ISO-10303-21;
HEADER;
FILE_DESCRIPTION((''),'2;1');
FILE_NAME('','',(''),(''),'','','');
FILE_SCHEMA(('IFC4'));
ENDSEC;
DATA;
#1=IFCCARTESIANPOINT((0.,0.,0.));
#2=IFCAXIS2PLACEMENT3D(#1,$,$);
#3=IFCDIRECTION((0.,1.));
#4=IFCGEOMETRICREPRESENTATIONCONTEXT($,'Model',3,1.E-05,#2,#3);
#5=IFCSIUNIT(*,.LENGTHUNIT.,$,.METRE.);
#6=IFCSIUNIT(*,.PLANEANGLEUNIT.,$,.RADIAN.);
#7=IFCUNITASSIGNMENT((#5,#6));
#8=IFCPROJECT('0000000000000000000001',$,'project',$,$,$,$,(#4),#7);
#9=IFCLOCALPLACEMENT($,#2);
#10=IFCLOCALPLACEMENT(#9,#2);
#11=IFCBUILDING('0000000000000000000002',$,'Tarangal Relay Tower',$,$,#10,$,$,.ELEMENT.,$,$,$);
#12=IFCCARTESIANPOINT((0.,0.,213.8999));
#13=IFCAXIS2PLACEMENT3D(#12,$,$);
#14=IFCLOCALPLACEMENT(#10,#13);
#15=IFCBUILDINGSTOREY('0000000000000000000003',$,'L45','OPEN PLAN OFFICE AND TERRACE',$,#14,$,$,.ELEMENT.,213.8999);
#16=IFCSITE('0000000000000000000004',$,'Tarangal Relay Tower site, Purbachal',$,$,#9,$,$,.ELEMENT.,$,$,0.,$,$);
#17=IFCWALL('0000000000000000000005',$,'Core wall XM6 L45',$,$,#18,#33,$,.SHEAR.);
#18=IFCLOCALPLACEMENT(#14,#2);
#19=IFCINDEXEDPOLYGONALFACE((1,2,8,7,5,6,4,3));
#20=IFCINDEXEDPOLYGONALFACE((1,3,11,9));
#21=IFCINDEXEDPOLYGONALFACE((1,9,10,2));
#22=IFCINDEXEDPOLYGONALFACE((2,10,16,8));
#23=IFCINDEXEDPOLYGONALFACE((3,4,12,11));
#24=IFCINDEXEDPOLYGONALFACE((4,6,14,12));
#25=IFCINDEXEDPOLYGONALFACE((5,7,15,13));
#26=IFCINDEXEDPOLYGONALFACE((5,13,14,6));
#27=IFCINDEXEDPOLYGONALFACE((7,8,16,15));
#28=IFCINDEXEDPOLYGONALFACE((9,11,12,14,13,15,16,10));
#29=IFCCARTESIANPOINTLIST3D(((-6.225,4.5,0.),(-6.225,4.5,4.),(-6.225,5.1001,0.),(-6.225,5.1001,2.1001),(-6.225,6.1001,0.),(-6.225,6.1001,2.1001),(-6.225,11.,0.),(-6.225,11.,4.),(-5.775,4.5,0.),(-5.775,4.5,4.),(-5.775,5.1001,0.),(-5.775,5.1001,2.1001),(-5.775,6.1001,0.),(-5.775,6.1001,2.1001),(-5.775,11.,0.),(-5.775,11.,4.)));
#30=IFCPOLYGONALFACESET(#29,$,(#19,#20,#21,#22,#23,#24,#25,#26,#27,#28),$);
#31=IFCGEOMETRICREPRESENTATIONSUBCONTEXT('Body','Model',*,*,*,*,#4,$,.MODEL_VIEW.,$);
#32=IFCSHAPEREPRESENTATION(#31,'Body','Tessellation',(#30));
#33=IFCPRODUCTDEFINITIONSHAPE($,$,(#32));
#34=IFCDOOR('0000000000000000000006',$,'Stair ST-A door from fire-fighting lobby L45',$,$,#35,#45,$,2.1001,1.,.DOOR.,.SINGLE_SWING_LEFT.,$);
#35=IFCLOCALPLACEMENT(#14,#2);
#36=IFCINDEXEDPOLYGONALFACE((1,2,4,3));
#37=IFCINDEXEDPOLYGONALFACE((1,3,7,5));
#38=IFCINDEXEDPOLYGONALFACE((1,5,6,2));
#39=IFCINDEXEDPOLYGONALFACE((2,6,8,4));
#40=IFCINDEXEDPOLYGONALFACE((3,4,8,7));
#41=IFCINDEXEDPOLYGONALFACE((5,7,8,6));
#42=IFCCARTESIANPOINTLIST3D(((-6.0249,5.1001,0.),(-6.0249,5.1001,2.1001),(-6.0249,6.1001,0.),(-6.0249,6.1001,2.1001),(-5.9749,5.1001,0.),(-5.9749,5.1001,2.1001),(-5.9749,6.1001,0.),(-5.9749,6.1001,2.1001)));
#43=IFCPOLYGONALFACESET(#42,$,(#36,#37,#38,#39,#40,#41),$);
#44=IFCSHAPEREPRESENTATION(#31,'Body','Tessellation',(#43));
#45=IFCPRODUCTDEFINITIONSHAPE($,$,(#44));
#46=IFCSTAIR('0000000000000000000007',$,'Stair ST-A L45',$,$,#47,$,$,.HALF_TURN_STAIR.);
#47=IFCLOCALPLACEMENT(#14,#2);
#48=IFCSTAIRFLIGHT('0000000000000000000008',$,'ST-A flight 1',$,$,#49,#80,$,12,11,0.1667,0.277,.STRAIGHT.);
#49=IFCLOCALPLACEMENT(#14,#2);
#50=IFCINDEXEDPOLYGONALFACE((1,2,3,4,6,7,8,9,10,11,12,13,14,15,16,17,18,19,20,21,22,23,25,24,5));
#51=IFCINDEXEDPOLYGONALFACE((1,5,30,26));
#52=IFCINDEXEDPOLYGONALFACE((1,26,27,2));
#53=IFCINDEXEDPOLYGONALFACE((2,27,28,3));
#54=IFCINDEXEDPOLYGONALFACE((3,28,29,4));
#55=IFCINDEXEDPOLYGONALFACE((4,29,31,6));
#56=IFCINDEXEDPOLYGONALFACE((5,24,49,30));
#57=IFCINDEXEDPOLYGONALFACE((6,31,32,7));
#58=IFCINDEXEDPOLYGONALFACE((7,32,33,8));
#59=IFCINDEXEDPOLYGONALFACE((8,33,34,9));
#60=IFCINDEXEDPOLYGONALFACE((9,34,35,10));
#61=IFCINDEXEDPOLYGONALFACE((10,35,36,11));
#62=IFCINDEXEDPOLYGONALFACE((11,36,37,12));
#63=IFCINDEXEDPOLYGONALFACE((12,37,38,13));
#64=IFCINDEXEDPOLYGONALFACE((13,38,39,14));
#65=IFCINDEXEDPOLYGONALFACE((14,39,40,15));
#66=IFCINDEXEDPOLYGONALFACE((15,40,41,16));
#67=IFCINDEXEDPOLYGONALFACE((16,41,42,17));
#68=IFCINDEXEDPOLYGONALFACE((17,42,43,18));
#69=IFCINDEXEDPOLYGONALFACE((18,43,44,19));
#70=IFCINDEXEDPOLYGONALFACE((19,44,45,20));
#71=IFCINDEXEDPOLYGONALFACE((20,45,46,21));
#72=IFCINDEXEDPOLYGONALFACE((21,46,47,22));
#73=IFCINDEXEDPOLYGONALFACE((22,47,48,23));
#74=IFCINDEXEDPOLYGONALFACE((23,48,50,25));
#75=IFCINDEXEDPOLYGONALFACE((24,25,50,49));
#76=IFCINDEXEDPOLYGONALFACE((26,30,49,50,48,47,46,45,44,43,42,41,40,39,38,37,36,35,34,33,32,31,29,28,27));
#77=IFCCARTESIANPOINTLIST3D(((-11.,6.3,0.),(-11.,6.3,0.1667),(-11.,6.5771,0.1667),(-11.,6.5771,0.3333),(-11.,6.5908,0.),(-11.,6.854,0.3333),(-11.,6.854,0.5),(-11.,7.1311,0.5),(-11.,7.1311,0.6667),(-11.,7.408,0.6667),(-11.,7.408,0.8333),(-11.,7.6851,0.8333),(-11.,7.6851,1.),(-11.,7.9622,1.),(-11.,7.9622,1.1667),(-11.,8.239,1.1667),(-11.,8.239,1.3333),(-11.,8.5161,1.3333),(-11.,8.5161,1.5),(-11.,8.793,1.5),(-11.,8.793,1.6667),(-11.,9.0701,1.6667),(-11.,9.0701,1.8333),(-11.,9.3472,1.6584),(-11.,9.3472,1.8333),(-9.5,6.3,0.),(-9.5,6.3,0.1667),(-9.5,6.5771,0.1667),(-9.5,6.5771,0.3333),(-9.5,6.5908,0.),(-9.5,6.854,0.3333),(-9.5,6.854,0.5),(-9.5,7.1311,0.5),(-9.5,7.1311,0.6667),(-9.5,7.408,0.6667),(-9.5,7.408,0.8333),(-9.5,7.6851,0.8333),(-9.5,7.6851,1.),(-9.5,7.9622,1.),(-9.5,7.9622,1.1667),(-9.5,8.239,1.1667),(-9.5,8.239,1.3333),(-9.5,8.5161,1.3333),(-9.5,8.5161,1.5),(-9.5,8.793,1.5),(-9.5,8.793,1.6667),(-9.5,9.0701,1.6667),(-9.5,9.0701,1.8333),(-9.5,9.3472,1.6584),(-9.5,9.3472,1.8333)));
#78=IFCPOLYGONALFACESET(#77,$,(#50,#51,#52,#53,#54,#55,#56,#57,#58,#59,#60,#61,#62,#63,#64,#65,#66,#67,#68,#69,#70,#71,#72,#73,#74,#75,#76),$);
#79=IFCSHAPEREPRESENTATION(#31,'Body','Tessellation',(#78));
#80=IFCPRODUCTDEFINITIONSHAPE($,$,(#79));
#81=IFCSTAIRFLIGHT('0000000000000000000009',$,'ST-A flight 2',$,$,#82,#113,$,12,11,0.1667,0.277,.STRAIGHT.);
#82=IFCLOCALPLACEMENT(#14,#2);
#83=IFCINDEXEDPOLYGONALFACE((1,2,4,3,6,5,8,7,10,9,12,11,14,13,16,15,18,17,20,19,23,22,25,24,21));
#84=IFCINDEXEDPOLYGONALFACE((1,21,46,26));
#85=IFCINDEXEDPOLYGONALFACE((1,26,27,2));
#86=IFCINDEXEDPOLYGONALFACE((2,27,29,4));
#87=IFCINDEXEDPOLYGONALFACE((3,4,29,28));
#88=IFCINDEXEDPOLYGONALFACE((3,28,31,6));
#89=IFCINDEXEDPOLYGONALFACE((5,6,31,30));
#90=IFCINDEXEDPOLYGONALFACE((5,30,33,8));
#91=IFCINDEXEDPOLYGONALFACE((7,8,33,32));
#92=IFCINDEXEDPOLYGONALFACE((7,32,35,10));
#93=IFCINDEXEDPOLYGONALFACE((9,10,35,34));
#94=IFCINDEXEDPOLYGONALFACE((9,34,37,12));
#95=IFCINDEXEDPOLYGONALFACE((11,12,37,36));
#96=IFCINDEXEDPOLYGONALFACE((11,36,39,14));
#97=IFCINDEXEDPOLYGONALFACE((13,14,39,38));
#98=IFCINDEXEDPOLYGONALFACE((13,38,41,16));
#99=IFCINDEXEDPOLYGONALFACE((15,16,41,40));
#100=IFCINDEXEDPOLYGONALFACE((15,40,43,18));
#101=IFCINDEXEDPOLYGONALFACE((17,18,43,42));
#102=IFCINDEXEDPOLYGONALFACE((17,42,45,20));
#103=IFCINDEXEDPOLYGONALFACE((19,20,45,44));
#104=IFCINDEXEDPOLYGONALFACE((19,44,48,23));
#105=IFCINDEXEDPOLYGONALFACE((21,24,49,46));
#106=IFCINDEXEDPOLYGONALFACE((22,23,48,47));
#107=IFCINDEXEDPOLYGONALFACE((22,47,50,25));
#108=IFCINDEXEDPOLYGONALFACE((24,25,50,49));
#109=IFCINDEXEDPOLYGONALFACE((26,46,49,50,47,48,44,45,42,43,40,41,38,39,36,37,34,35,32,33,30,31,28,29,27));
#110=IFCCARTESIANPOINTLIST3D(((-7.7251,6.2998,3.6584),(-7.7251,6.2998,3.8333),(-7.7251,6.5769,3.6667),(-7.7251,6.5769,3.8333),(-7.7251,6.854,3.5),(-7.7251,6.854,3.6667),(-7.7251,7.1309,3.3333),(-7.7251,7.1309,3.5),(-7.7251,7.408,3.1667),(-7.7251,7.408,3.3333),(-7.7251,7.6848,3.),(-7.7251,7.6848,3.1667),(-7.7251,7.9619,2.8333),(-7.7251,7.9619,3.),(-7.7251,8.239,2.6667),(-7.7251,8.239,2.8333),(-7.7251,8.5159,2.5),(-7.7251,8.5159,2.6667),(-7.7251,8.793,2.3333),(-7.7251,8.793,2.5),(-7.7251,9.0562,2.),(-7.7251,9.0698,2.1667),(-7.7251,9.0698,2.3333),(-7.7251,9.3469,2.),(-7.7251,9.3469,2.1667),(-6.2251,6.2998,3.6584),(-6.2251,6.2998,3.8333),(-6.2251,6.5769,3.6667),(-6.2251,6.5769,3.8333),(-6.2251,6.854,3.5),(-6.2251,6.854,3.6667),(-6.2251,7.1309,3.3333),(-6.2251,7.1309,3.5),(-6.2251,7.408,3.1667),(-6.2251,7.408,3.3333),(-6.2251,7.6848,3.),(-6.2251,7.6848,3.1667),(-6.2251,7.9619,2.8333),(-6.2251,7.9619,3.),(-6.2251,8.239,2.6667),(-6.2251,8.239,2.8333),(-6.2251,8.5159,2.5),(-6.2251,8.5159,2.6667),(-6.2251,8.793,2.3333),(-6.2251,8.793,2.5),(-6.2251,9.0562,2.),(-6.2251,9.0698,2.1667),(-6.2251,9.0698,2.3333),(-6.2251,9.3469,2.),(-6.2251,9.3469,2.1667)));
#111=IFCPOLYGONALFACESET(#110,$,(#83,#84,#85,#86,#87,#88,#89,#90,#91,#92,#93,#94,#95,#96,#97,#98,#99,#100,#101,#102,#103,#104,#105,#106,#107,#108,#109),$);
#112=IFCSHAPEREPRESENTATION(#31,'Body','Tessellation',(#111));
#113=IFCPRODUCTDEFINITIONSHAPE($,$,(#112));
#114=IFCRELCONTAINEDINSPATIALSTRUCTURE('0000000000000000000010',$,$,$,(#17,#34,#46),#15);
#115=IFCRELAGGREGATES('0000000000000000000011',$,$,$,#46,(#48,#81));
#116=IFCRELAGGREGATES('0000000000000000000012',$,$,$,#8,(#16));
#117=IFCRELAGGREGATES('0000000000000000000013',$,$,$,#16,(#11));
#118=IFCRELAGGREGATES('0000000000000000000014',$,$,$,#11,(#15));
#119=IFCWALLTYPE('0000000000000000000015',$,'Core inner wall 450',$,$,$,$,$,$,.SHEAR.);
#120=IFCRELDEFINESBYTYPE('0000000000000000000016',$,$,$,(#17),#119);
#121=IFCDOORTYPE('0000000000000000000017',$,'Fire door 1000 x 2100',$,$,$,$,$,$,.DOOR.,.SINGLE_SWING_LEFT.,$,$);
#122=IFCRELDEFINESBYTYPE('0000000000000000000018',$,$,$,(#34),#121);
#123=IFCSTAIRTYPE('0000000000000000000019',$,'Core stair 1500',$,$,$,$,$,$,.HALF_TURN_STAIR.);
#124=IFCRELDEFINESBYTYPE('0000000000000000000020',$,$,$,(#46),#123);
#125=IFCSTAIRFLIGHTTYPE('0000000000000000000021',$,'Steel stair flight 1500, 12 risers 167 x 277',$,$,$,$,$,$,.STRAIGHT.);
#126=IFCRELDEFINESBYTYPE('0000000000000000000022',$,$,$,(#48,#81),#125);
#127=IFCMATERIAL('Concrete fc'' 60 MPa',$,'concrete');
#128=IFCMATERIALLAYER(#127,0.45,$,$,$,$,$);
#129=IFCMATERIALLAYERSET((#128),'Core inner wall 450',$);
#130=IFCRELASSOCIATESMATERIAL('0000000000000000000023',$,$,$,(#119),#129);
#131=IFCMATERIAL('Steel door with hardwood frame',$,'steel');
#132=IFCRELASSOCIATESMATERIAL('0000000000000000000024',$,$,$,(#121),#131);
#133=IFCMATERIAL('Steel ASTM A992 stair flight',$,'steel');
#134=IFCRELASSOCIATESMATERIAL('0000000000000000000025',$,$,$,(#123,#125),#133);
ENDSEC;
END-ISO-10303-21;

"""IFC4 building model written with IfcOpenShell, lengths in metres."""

from ifc_helpers import new_model, si_unit, direction, frame, frame_2d, origin, place, context, subcontext, project, spatial, polyline, rectangle, outline, extrude, material, layer, layer_set, type_object, element, fill, aggregate, save


model = new_model("IFC4")

# Units and contexts
model_context = context("Model", 3, precision=1e-05, world=origin(), true_north=direction((0.0, 1.0)))
body_context = subcontext(model_context, "Body", "Model", "MODEL_VIEW")
ifc_project = project(units=[si_unit("LENGTHUNIT", "METRE"), si_unit("PLANEANGLEUNIT", "RADIAN")], contexts=[model_context])

# Site, building, storey
site_placement = place(None, origin())
site = spatial("IfcSite", under=ifc_project, at=site_placement, Name="Tarangal Relay Tower site, Purbachal", CompositionType="ELEMENT", RefElevation=0.0)
building_placement = place(site_placement, origin())
building = spatial("IfcBuilding", under=site, at=building_placement, Name="Tarangal Relay Tower", CompositionType="ELEMENT")
storey_placement = place(building_placement, frame((0.0, 0.0, 213.8999)))
storey = spatial("IfcBuildingStorey", under=building, at=storey_placement, Name="L45", Description="OPEN PLAN OFFICE AND TERRACE", CompositionType="ELEMENT", Elevation=213.8999)

# Shared definitions
ifc_material_1 = material(Name="Concrete fc' 60 MPa", Category="concrete")
ifc_layer = layer(ifc_material_1, 0.45)
ifc_layer_set = layer_set([ifc_layer], Name="Core inner wall 450")
wall_type = type_object("IfcWallType", Name="Core inner wall 450", PredefinedType="SHEAR", material=ifc_layer_set)
ifc_material_2 = material(Name="Steel door with hardwood frame", Category="steel")
door_type_1 = type_object("IfcDoorType", Name="Fire door 1000 x 2100", OperationType="SINGLE_SWING_LEFT", PredefinedType="DOOR", material=ifc_material_2)

# Wall, opening, door
wall_1_placement = place(storey_placement, frame((-6.0, 4.5, 0.0), z_axis=(0.0, 0.0, 1.0), x_axis=(0.0, 1.0, 0.0)))
wall_1 = element("IfcWall", 1, at=wall_1_placement, inside=storey, type_object=wall_type, Name="Core wall XM6 L45", PredefinedType="SHEAR", context=body_context, shape_type="SweptSolid", body=[
    extrude(rectangle(XDim=6.5, YDim=0.45, at=frame_2d((3.25, 0.0))), origin(), (0.0, 0.0, 1.0), 4.0),
])
opening_1_placement = place(wall_1_placement, frame((0.6001, 0.0, 0.0)))
opening_1 = element("IfcOpeningElement", 2, at=opening_1_placement, cuts=wall_1, PredefinedType="OPENING", context=body_context, shape_type="SweptSolid", body=[
    extrude(rectangle(XDim=1.0, YDim=2.1001, at=frame_2d((0.5, 1.05))), frame((0.0, 0.2349, 0.0), z_axis=(0.0, -1.0, 0.0), x_axis=(1.0, 0.0, 0.0)), (0.0, 0.0, 1.0), 0.47),
])
door_1_placement = place(opening_1_placement, origin())
door_1 = element("IfcDoor", 3, at=door_1_placement, inside=storey, type_object=door_type_1, Name="Stair ST-A door from fire-fighting lobby L45", OperationType="SINGLE_SWING_LEFT", OverallHeight=2.1001, OverallWidth=1.0, PredefinedType="DOOR", context=body_context, shape_type="SweptSolid", body=[
    extrude(rectangle(XDim=1.0, YDim=2.1001, at=frame_2d((0.5, 1.05))), frame((0.0, 0.0249, 0.0), z_axis=(0.0, -1.0, 0.0), x_axis=(1.0, 0.0, 0.0)), (0.0, 0.0, 1.0), 0.05),
])
fill(opening_1, door_1)

# Stair, stair flights
ifc_material_3 = material(Name="Steel ASTM A992 stair flight", Category="steel")
stair_type = type_object("IfcStairType", Name="Core stair 1500", PredefinedType="HALF_TURN_STAIR", material=ifc_material_3)
stair_placement = place(storey_placement, origin())
stair = element("IfcStair", 4, at=stair_placement, inside=storey, type_object=stair_type, Name="Stair ST-A L45", PredefinedType="HALF_TURN_STAIR")
stair_flight_type = type_object("IfcStairFlightType", Name="Steel stair flight 1500, 12 risers 167 x 277", PredefinedType="STRAIGHT", material=ifc_material_3)
stair_flight_1_placement = place(storey_placement, frame((-10.25, 6.3, 0.0), z_axis=(0.0, 0.0, 1.0), x_axis=(0.0, 1.0, 0.0)))
stair_flight_1 = element("IfcStairFlight", 5, at=stair_flight_1_placement, type_object=stair_flight_type, Name="ST-A flight 1", NumberOfRisers=12, NumberOfTreads=11, PredefinedType="STRAIGHT", RiserHeight=0.1667, TreadLength=0.277, context=body_context, shape_type="SweptSolid", body=[
    extrude(outline(polyline([(0.0, 0.0), (0.0, 0.1667), (0.2771, 0.1667), (0.2771, 0.3333), (0.554, 0.3333), (0.554, 0.5), (0.8311, 0.5), (0.8311, 0.6667), (1.1079, 0.6667), (1.1079, 0.8333), (1.385, 0.8333), (1.385, 1.0), (1.6621, 1.0), (1.6621, 1.1667), (1.939, 1.1667), (1.939, 1.3333), (2.2161, 1.3333), (2.2161, 1.5), (2.4929, 1.5), (2.4929, 1.6667), (2.77, 1.6667), (2.77, 1.8333), (3.0471, 1.8333), (3.0471, 2.0), (3.0471, 1.6584), (0.2908, 0.0), (0.0, 0.0)])), frame((0.0, 0.75, 0.0), z_axis=(0.0, -1.0, 0.0), x_axis=(1.0, 0.0, 0.0)), (0.0, 0.0, 1.0), 1.5),
])
stair_flight_2_placement = place(storey_placement, frame((-6.9751, 9.3469, 2.0), z_axis=(0.0, 0.0, 1.0), x_axis=(0.0, -1.0, 0.0)))
stair_flight_2 = element("IfcStairFlight", 6, at=stair_flight_2_placement, type_object=stair_flight_type, Name="ST-A flight 2", NumberOfRisers=12, NumberOfTreads=11, PredefinedType="STRAIGHT", RiserHeight=0.1667, TreadLength=0.277, context=body_context, shape_type="SweptSolid", body=[
    extrude(outline(polyline([(0.0, 0.0), (0.0, 0.1667), (0.2771, 0.1667), (0.2771, 0.3333), (0.554, 0.3333), (0.554, 0.5), (0.8311, 0.5), (0.8311, 0.6667), (1.1079, 0.6667), (1.1079, 0.8333), (1.385, 0.8333), (1.385, 1.0), (1.6621, 1.0), (1.6621, 1.1667), (1.939, 1.1667), (1.939, 1.3333), (2.2161, 1.3333), (2.2161, 1.5), (2.4929, 1.5), (2.4929, 1.6667), (2.77, 1.6667), (2.77, 1.8333), (3.0471, 1.8333), (3.0471, 2.0), (3.0471, 1.6584), (0.2908, 0.0), (0.0, 0.0)])), frame((0.0, 0.75, 0.0), z_axis=(0.0, -1.0, 0.0), x_axis=(1.0, 0.0, 0.0)), (0.0, 0.0, 1.0), 1.5),
])
aggregate(stair, [stair_flight_1, stair_flight_2])

save(model, "model.ifc")
